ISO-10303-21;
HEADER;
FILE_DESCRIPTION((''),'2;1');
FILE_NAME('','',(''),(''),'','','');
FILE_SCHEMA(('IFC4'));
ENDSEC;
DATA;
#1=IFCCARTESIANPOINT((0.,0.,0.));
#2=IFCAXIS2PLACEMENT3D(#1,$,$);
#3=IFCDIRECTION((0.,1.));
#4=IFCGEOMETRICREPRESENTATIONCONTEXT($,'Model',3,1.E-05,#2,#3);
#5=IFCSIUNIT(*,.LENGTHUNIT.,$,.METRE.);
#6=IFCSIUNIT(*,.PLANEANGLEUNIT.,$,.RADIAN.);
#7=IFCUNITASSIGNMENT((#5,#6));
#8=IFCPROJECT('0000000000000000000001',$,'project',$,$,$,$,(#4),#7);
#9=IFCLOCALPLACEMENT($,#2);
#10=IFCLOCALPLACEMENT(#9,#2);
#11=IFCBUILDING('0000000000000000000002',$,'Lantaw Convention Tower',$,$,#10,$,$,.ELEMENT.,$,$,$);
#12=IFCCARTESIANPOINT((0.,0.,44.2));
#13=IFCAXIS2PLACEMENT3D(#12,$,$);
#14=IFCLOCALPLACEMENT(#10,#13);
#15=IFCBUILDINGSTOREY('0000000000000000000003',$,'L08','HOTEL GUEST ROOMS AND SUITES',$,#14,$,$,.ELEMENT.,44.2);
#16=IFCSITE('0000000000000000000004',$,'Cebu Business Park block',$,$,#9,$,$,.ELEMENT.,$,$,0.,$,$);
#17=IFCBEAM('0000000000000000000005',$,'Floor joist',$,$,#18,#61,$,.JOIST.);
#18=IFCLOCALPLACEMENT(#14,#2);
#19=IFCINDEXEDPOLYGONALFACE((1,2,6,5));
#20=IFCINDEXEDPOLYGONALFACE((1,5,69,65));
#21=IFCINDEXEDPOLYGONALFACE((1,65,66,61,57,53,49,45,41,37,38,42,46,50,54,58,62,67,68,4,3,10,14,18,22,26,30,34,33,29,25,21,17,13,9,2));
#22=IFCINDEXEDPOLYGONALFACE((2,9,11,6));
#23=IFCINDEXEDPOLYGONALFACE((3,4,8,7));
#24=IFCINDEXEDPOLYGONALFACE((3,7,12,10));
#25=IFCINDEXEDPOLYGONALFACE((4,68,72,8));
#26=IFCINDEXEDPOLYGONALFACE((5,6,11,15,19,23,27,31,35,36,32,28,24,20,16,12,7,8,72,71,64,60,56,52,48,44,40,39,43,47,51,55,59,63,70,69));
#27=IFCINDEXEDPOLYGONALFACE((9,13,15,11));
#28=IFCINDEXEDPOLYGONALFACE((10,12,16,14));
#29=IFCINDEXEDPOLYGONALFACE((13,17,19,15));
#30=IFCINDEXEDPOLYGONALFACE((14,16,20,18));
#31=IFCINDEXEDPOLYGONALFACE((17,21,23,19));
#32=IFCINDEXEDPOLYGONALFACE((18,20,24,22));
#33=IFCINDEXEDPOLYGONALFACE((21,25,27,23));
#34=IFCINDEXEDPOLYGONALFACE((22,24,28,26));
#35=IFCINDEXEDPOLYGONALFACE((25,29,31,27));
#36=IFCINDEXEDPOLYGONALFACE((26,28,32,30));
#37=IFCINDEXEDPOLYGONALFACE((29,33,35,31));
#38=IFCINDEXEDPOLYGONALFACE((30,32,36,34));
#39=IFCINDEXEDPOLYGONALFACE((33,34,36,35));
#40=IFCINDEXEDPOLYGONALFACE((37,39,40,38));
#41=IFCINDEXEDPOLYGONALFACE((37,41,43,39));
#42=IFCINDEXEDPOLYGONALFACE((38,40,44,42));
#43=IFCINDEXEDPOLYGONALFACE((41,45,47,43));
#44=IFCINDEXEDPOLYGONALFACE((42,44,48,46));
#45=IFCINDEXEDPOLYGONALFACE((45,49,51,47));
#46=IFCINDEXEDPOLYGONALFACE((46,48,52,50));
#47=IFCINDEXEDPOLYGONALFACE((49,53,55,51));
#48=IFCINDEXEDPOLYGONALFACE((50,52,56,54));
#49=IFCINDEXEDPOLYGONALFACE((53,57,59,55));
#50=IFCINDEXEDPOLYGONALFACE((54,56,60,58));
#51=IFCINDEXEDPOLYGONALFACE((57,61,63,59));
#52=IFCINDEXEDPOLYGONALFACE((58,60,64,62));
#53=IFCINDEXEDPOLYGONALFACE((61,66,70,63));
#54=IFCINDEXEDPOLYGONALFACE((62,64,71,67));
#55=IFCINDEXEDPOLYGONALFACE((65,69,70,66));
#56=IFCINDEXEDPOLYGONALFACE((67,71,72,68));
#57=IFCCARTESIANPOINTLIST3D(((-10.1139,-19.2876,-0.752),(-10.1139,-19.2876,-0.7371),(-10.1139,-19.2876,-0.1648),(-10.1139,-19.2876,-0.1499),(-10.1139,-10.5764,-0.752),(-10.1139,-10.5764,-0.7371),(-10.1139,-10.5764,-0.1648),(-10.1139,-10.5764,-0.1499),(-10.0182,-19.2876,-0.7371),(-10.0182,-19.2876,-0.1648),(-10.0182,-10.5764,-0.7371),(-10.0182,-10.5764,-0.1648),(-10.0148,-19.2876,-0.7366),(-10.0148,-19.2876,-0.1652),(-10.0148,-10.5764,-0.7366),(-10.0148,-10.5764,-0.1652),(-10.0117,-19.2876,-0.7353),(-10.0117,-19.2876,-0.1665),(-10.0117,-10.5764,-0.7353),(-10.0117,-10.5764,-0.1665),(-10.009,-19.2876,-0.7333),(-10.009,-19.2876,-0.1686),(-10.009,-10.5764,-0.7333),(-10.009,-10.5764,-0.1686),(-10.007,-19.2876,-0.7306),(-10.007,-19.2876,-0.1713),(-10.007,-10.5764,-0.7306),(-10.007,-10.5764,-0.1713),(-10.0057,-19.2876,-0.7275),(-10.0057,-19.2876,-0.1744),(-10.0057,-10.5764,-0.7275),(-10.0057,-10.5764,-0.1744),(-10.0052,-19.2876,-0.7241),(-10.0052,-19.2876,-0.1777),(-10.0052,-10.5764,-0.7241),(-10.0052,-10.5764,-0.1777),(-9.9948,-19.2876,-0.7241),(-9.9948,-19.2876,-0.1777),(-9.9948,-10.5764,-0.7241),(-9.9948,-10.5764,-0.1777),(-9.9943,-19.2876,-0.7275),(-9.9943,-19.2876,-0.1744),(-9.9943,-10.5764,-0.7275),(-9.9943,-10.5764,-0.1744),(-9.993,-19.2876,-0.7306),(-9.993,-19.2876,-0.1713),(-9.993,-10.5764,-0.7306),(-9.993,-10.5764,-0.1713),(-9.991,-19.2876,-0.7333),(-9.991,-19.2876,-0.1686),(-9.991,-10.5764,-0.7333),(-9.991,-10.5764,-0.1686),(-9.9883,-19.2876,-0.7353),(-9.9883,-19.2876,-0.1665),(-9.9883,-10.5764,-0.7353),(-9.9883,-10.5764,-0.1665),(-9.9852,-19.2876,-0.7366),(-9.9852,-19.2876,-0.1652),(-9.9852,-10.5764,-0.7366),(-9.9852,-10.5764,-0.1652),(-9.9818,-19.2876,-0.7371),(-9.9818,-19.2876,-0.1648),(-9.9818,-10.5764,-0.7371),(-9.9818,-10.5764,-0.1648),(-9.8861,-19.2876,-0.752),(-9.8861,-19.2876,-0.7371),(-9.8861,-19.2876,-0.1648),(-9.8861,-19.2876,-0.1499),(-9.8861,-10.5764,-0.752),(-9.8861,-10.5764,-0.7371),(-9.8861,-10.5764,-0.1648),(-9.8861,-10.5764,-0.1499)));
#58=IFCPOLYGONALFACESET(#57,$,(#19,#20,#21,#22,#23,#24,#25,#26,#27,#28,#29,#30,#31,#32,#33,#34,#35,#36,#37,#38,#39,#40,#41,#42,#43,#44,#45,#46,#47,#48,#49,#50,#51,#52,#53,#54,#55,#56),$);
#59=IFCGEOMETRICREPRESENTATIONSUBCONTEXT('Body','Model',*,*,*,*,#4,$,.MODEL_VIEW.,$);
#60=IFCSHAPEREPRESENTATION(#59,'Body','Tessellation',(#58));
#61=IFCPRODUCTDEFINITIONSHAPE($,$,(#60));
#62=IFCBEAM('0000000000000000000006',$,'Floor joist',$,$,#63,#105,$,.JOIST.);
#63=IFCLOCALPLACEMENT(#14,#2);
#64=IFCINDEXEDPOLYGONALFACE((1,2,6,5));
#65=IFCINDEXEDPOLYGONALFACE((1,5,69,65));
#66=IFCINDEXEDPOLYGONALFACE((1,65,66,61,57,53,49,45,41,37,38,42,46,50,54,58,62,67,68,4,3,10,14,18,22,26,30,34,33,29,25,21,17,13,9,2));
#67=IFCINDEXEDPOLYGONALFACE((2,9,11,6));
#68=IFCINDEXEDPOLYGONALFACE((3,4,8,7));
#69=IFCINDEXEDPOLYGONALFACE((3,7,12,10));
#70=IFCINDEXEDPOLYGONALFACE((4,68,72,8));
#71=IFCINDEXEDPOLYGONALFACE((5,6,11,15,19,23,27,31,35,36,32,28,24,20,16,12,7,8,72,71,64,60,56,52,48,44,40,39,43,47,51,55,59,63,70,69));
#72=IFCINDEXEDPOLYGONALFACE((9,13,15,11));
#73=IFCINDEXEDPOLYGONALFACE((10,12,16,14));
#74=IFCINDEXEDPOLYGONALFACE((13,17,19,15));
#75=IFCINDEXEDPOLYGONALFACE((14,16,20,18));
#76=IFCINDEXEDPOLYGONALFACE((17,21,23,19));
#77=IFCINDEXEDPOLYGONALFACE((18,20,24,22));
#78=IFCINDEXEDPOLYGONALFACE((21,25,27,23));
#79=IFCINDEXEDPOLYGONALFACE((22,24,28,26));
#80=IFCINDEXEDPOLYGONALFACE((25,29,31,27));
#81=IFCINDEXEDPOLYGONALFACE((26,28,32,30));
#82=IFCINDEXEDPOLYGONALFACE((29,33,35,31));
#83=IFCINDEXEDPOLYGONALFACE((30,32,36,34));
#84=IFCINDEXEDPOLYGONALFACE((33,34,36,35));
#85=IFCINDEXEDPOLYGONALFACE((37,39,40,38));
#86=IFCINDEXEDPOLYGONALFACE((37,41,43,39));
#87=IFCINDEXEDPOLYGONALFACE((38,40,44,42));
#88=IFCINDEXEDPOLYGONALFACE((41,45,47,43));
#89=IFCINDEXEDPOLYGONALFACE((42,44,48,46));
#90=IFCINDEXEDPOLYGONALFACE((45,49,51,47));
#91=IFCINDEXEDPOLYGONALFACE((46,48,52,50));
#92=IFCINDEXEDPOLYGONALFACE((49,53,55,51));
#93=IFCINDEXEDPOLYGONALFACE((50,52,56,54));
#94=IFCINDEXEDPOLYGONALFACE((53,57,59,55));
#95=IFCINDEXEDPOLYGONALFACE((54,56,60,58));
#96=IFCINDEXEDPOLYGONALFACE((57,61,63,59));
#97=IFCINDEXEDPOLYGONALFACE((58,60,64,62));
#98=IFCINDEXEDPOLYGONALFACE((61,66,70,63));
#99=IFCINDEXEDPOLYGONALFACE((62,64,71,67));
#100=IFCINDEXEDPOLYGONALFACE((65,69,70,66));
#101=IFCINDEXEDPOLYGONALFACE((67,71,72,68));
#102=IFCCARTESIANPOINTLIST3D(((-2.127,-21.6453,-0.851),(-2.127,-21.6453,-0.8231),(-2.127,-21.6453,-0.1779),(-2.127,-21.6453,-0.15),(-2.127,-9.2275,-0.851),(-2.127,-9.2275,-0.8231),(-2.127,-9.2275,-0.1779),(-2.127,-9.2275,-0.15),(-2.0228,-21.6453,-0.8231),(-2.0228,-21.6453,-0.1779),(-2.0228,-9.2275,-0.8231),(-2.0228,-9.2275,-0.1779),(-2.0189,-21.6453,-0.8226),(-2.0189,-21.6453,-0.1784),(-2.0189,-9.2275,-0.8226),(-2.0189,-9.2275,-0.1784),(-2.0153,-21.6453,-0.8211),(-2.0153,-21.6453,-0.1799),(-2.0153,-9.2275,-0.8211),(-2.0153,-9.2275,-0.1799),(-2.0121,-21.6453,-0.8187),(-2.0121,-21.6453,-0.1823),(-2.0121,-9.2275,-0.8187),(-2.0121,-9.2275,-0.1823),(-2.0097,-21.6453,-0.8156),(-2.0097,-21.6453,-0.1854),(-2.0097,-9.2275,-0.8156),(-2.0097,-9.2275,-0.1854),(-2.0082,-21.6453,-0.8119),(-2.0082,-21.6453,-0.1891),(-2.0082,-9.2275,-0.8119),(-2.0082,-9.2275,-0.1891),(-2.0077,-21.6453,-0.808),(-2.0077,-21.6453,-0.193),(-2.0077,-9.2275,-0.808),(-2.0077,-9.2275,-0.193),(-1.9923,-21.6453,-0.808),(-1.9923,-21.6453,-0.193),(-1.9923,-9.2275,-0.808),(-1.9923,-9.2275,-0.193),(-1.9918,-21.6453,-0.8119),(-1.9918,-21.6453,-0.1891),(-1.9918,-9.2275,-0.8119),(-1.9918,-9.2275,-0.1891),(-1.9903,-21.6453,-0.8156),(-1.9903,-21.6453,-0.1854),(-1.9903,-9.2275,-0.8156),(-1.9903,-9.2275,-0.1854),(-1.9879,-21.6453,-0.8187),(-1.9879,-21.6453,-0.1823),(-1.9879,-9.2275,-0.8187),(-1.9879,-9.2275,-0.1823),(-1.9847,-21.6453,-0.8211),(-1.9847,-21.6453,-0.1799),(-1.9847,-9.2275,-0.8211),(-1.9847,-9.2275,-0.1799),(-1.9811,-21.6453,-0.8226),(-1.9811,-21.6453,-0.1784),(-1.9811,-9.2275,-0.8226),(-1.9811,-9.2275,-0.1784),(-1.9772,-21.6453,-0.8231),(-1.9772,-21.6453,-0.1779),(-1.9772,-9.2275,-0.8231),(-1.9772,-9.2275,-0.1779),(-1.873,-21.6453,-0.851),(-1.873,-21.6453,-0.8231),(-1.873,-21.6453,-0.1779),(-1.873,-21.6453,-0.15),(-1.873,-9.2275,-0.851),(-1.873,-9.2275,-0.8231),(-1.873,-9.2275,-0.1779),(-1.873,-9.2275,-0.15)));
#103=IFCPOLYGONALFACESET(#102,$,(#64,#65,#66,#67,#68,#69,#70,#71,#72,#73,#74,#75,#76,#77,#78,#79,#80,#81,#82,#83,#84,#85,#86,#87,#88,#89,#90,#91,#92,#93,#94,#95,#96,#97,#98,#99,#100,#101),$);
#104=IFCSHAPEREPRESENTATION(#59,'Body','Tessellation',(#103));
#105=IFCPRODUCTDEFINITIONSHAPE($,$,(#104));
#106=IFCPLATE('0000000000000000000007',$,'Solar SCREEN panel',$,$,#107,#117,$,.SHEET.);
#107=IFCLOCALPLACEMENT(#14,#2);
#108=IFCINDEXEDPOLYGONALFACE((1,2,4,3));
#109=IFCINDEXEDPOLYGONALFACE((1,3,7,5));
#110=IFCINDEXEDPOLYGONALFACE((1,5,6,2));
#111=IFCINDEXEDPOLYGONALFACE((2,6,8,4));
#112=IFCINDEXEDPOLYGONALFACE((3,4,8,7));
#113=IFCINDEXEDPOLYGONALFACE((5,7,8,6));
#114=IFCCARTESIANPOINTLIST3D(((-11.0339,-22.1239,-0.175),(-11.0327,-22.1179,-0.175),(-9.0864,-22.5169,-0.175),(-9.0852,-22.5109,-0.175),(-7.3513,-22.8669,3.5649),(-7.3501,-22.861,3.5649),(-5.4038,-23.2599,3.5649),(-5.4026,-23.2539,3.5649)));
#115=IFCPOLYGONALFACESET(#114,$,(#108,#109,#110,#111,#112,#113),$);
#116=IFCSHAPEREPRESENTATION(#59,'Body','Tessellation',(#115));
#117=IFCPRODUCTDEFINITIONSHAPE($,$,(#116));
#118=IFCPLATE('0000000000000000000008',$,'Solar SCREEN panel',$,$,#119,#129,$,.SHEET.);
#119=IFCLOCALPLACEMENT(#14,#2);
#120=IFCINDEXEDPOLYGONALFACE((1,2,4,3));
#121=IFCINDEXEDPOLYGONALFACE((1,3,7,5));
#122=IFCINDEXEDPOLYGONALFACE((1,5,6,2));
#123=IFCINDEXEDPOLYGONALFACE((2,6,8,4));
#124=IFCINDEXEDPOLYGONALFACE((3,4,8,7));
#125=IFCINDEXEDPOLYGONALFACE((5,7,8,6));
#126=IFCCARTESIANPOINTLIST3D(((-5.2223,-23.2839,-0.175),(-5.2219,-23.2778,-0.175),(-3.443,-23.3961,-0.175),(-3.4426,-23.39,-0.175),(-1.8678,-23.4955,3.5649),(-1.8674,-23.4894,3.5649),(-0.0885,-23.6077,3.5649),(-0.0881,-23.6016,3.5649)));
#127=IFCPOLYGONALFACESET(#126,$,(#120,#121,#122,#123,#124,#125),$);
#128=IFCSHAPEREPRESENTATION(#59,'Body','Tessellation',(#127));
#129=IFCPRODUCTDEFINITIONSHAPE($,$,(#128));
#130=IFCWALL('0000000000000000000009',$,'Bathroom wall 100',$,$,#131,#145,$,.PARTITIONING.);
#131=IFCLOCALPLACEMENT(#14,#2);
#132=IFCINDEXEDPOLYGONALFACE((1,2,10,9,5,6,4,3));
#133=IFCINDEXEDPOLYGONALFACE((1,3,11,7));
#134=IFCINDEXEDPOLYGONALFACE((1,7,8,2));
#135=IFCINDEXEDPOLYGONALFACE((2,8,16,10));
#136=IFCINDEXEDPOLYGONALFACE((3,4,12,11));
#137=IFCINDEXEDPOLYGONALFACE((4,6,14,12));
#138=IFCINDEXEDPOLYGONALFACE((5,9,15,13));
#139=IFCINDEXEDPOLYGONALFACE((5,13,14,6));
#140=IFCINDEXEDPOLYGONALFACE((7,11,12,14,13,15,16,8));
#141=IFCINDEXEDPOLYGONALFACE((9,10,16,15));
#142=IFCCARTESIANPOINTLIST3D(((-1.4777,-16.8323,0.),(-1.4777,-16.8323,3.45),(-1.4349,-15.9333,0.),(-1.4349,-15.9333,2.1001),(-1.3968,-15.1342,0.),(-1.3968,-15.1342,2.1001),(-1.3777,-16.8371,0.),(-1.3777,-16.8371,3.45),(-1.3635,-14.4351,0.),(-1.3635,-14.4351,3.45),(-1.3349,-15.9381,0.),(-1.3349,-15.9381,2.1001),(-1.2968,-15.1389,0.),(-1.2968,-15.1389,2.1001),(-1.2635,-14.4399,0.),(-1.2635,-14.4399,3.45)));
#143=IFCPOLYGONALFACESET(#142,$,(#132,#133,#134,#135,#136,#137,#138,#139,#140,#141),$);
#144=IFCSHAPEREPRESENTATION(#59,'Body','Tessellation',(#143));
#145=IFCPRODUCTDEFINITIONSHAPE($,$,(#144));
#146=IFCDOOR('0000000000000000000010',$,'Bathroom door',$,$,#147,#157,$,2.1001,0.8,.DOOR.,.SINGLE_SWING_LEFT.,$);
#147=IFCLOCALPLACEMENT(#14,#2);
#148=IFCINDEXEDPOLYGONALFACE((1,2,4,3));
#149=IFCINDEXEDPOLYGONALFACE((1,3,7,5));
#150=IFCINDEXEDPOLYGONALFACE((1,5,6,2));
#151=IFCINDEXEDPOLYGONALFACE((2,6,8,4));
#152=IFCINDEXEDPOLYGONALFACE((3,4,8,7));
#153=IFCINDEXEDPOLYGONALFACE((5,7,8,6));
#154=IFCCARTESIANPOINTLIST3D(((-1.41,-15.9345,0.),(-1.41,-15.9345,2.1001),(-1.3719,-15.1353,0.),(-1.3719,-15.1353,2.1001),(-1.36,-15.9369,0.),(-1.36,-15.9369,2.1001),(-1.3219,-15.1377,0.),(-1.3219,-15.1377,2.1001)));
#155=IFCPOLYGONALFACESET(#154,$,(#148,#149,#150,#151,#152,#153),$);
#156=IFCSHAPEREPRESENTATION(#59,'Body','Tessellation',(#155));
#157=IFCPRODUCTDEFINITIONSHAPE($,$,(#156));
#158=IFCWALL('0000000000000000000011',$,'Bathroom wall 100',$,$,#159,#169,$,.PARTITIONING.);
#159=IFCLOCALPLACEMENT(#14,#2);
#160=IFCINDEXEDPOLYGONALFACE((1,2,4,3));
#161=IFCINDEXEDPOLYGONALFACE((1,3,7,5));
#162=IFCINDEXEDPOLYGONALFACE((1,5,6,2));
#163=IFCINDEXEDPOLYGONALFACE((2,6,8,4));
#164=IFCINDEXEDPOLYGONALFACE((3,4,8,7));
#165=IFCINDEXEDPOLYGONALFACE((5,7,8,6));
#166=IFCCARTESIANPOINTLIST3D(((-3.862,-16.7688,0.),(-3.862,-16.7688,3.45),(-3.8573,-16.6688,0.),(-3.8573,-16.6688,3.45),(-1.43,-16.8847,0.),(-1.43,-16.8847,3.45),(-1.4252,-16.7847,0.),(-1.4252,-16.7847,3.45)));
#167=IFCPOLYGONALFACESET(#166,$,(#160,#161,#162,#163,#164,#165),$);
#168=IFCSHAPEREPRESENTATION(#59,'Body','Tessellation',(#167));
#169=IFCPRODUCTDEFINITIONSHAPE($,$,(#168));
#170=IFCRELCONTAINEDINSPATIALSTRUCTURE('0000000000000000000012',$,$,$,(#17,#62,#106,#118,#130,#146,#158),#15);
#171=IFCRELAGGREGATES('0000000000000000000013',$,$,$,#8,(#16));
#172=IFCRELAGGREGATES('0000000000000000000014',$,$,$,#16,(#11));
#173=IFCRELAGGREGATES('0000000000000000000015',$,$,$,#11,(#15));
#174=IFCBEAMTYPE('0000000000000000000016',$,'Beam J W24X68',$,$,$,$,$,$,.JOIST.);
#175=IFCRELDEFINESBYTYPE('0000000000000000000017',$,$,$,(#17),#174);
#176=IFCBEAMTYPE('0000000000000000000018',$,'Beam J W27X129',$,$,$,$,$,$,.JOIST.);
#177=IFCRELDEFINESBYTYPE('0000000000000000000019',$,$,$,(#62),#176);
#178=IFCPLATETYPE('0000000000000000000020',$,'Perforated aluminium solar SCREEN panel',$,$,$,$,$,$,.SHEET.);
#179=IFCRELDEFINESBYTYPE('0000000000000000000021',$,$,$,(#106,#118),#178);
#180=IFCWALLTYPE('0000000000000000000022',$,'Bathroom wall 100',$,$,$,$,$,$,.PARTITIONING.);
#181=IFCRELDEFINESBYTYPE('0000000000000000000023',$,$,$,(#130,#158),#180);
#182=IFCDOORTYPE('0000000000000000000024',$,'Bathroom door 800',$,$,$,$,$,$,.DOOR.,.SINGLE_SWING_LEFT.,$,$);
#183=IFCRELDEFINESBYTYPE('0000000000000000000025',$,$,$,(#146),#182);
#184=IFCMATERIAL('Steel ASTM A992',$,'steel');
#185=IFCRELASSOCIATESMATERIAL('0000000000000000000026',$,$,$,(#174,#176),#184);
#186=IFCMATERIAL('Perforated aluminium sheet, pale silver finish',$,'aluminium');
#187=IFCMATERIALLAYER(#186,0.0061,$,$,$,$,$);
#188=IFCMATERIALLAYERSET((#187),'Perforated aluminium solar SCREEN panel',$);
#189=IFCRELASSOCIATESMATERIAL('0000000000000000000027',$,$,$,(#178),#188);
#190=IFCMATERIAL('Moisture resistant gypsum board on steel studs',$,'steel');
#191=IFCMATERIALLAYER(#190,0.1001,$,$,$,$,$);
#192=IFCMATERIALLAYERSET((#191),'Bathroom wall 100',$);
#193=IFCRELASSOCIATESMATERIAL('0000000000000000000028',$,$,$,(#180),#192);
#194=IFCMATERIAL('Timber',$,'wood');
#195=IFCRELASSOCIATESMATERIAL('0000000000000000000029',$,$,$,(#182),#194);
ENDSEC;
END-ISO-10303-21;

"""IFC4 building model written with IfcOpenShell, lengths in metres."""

from ifc_helpers import new_model, si_unit, direction, frame, frame_2d, origin, origin_2d, place, context, subcontext, project, spatial, polyline, rectangle, i_section, outline, extrude, material, layer, layer_set, material_profile, profile_set, type_object, element, fill, save


model = new_model("IFC4")

# Units and contexts
model_context = context("Model", 3, precision=1e-05, world=origin(), true_north=direction((0.0, 1.0)))
body_context = subcontext(model_context, "Body", "Model", "MODEL_VIEW")
ifc_project = project(units=[si_unit("LENGTHUNIT", "METRE"), si_unit("PLANEANGLEUNIT", "RADIAN")], contexts=[model_context])

# Site, building, storey
site_placement = place(None, origin())
site = spatial("IfcSite", under=ifc_project, at=site_placement, Name="Cebu Business Park block", CompositionType="ELEMENT", RefElevation=0.0)
building_placement = place(site_placement, origin())
building = spatial("IfcBuilding", under=site, at=building_placement, Name="Lantaw Convention Tower", CompositionType="ELEMENT")
storey_placement = place(building_placement, frame((0.0, 0.0, 44.2)))
storey = spatial("IfcBuildingStorey", under=building, at=storey_placement, Name="L08", Description="HOTEL GUEST ROOMS AND SUITES", CompositionType="ELEMENT", Elevation=44.2)

# Beams
ifc_material_1 = material(Name="Steel ASTM A992", Category="steel")
ifc_material_profile_1 = material_profile(ifc_material_1, i_section(OverallWidth=0.2278, OverallDepth=0.6021, WebThickness=0.0105, FlangeThickness=0.0149, FilletRadius=0.0129, at=origin_2d()), Name="W24X68")
ifc_profile_set_1 = profile_set([ifc_material_profile_1], Name="Steel ASTM A992")
beam_type_1 = type_object("IfcBeamType", Name="Beam J W24X68", PredefinedType="JOIST", material=ifc_profile_set_1)
beam_1_placement = place(storey_placement, frame((-10.0, -19.2876, -0.4509), z_axis=(0.0, 1.0, 0.0), x_axis=(-1.0, 0.0, 0.0)))
element("IfcBeam", 1, at=beam_1_placement, inside=storey, type_object=beam_type_1, Name="Floor joist", PredefinedType="JOIST", context=body_context, shape_type="SweptSolid", body=[
    extrude(i_section(OverallWidth=0.2278, OverallDepth=0.6021, WebThickness=0.0105, FlangeThickness=0.0149, FilletRadius=0.0129, at=origin_2d()), origin(), (0.0, 0.0, 1.0), 8.7112),
])
ifc_material_profile_2 = material_profile(ifc_material_1, i_section(OverallWidth=0.2539, OverallDepth=0.7009, WebThickness=0.0154, FlangeThickness=0.0278, FilletRadius=0.0151, at=origin_2d()), Name="W27X129")
ifc_profile_set_2 = profile_set([ifc_material_profile_2], Name="Steel ASTM A992")
beam_type_2 = type_object("IfcBeamType", Name="Beam J W27X129", PredefinedType="JOIST", material=ifc_profile_set_2)
beam_2_placement = place(storey_placement, frame((-2.0, -21.6453, -0.5005), z_axis=(0.0, 1.0, 0.0), x_axis=(-1.0, 0.0, 0.0)))
element("IfcBeam", 2, at=beam_2_placement, inside=storey, type_object=beam_type_2, Name="Floor joist", PredefinedType="JOIST", context=body_context, shape_type="SweptSolid", body=[
    extrude(i_section(OverallWidth=0.2539, OverallDepth=0.7009, WebThickness=0.0154, FlangeThickness=0.0278, FilletRadius=0.0151, at=origin_2d()), origin(), (0.0, 0.0, 1.0), 12.4177),
])

# Plates
ifc_material_2 = material(Name="Perforated aluminium sheet, pale silver finish", Category="aluminium")
ifc_layer_1 = layer(ifc_material_2, 0.0061)
ifc_layer_set_1 = layer_set([ifc_layer_1], Name="Perforated aluminium solar SCREEN panel")
plate_type = type_object("IfcPlateType", Name="Perforated aluminium solar SCREEN panel", PredefinedType="SHEET", material=ifc_layer_set_1)
plate_1_placement = place(storey_placement, frame((-11.0327, -22.1179, -0.175), z_axis=(0.197782, 0.980246, 0.000002), x_axis=(0.980246, -0.197782, 0.0)))
element("IfcPlate", 3, at=plate_1_placement, inside=storey, type_object=plate_type, Name="Solar SCREEN panel", PredefinedType="SHEET", context=body_context, shape_type="SweptSolid", body=[
    extrude(outline(polyline([(0.0, 0.0), (1.9868, 0.0), (5.7436, -3.74), (3.7569, -3.74), (0.0, 0.0)])), origin(), (0.0, 0.0, -1.0), 0.0061),
])
plate_2_placement = place(storey_placement, frame((-5.2219, -23.2778, -0.175), z_axis=(0.062924, 0.998018, 0.000014), x_axis=(0.998018, -0.062924, 0.0)))
element("IfcPlate", 4, at=plate_2_placement, inside=storey, type_object=plate_type, Name="Solar SCREEN panel", PredefinedType="SHEET", context=body_context, shape_type="SweptSolid", body=[
    extrude(outline(polyline([(0.0, 0.0), (1.7828, 0.0), (5.144, -3.74), (3.3612, -3.74), (0.0, 0.0)])), origin(), (0.0, 0.0, -1.0), 0.0061),
])

# Wall, opening, door
ifc_material_3 = material(Name="Moisture resistant gypsum board on steel studs", Category="steel")
ifc_layer_2 = layer(ifc_material_3, 0.1001)
ifc_layer_set_2 = layer_set([ifc_layer_2], Name="Bathroom wall 100")
wall_type_1 = type_object("IfcWallType", Name="Bathroom wall 100", PredefinedType="PARTITIONING", material=ifc_layer_set_2)
wall_1_placement = place(storey_placement, frame((-1.3135, -14.4375, 0.0), z_axis=(0.0, 0.0, 1.0), x_axis=(-0.047609, -0.998866, 0.0)))
wall_1 = element("IfcWall", 5, at=wall_1_placement, inside=storey, type_object=wall_type_1, Name="Bathroom wall 100", PredefinedType="PARTITIONING", context=body_context, shape_type="SweptSolid", body=[
    extrude(rectangle(XDim=2.3999, YDim=0.1001, at=frame_2d((1.2, 0.0))), origin(), (0.0, 0.0, 1.0), 3.45),
])
opening_1_placement = place(wall_1_placement, frame((0.7, 0.0, 0.0)))
opening_1 = element("IfcOpeningElement", 6, at=opening_1_placement, cuts=wall_1, PredefinedType="OPENING", context=body_context, shape_type="SweptSolid", body=[
    extrude(rectangle(XDim=0.8, YDim=2.1001, at=frame_2d((0.3999, 1.05))), frame((0.0, 0.0601, 0.0), z_axis=(0.0, -1.0, 0.0), x_axis=(1.0, 0.0, 0.0)), (0.0, 0.0, 1.0), 0.1201),
])
ifc_material_4 = material(Name="Timber", Category="wood")
door_type_1 = type_object("IfcDoorType", Name="Bathroom door 800", OperationType="SINGLE_SWING_LEFT", PredefinedType="DOOR", material=ifc_material_4)
door_1_placement = place(opening_1_placement, origin())
door_1 = element("IfcDoor", 7, at=door_1_placement, inside=storey, type_object=door_type_1, Name="Bathroom door", OperationType="SINGLE_SWING_LEFT", OverallHeight=2.1001, OverallWidth=0.8, PredefinedType="DOOR", context=body_context, shape_type="SweptSolid", body=[
    extrude(rectangle(XDim=0.8, YDim=2.1001, at=frame_2d((0.3999, 1.05))), frame((0.0, 0.0249, 0.0), z_axis=(0.0, -1.0, 0.0), x_axis=(1.0, 0.0, 0.0)), (0.0, 0.0, 1.0), 0.05),
])
fill(opening_1, door_1)

# Wall
wall_2_placement = place(storey_placement, frame((-1.4277, -16.8347, 0.0), z_axis=(0.0, 0.0, 1.0), x_axis=(-0.998865, 0.047627, 0.0)))
element("IfcWall", 8, at=wall_2_placement, inside=storey, type_object=wall_type_1, Name="Bathroom wall 100", PredefinedType="PARTITIONING", context=body_context, shape_type="SweptSolid", body=[
    extrude(rectangle(XDim=2.4348, YDim=0.1001, at=frame_2d((1.2173, 0.0))), origin(), (0.0, 0.0, 1.0), 3.45),
])

save(model, "model.ifc")
